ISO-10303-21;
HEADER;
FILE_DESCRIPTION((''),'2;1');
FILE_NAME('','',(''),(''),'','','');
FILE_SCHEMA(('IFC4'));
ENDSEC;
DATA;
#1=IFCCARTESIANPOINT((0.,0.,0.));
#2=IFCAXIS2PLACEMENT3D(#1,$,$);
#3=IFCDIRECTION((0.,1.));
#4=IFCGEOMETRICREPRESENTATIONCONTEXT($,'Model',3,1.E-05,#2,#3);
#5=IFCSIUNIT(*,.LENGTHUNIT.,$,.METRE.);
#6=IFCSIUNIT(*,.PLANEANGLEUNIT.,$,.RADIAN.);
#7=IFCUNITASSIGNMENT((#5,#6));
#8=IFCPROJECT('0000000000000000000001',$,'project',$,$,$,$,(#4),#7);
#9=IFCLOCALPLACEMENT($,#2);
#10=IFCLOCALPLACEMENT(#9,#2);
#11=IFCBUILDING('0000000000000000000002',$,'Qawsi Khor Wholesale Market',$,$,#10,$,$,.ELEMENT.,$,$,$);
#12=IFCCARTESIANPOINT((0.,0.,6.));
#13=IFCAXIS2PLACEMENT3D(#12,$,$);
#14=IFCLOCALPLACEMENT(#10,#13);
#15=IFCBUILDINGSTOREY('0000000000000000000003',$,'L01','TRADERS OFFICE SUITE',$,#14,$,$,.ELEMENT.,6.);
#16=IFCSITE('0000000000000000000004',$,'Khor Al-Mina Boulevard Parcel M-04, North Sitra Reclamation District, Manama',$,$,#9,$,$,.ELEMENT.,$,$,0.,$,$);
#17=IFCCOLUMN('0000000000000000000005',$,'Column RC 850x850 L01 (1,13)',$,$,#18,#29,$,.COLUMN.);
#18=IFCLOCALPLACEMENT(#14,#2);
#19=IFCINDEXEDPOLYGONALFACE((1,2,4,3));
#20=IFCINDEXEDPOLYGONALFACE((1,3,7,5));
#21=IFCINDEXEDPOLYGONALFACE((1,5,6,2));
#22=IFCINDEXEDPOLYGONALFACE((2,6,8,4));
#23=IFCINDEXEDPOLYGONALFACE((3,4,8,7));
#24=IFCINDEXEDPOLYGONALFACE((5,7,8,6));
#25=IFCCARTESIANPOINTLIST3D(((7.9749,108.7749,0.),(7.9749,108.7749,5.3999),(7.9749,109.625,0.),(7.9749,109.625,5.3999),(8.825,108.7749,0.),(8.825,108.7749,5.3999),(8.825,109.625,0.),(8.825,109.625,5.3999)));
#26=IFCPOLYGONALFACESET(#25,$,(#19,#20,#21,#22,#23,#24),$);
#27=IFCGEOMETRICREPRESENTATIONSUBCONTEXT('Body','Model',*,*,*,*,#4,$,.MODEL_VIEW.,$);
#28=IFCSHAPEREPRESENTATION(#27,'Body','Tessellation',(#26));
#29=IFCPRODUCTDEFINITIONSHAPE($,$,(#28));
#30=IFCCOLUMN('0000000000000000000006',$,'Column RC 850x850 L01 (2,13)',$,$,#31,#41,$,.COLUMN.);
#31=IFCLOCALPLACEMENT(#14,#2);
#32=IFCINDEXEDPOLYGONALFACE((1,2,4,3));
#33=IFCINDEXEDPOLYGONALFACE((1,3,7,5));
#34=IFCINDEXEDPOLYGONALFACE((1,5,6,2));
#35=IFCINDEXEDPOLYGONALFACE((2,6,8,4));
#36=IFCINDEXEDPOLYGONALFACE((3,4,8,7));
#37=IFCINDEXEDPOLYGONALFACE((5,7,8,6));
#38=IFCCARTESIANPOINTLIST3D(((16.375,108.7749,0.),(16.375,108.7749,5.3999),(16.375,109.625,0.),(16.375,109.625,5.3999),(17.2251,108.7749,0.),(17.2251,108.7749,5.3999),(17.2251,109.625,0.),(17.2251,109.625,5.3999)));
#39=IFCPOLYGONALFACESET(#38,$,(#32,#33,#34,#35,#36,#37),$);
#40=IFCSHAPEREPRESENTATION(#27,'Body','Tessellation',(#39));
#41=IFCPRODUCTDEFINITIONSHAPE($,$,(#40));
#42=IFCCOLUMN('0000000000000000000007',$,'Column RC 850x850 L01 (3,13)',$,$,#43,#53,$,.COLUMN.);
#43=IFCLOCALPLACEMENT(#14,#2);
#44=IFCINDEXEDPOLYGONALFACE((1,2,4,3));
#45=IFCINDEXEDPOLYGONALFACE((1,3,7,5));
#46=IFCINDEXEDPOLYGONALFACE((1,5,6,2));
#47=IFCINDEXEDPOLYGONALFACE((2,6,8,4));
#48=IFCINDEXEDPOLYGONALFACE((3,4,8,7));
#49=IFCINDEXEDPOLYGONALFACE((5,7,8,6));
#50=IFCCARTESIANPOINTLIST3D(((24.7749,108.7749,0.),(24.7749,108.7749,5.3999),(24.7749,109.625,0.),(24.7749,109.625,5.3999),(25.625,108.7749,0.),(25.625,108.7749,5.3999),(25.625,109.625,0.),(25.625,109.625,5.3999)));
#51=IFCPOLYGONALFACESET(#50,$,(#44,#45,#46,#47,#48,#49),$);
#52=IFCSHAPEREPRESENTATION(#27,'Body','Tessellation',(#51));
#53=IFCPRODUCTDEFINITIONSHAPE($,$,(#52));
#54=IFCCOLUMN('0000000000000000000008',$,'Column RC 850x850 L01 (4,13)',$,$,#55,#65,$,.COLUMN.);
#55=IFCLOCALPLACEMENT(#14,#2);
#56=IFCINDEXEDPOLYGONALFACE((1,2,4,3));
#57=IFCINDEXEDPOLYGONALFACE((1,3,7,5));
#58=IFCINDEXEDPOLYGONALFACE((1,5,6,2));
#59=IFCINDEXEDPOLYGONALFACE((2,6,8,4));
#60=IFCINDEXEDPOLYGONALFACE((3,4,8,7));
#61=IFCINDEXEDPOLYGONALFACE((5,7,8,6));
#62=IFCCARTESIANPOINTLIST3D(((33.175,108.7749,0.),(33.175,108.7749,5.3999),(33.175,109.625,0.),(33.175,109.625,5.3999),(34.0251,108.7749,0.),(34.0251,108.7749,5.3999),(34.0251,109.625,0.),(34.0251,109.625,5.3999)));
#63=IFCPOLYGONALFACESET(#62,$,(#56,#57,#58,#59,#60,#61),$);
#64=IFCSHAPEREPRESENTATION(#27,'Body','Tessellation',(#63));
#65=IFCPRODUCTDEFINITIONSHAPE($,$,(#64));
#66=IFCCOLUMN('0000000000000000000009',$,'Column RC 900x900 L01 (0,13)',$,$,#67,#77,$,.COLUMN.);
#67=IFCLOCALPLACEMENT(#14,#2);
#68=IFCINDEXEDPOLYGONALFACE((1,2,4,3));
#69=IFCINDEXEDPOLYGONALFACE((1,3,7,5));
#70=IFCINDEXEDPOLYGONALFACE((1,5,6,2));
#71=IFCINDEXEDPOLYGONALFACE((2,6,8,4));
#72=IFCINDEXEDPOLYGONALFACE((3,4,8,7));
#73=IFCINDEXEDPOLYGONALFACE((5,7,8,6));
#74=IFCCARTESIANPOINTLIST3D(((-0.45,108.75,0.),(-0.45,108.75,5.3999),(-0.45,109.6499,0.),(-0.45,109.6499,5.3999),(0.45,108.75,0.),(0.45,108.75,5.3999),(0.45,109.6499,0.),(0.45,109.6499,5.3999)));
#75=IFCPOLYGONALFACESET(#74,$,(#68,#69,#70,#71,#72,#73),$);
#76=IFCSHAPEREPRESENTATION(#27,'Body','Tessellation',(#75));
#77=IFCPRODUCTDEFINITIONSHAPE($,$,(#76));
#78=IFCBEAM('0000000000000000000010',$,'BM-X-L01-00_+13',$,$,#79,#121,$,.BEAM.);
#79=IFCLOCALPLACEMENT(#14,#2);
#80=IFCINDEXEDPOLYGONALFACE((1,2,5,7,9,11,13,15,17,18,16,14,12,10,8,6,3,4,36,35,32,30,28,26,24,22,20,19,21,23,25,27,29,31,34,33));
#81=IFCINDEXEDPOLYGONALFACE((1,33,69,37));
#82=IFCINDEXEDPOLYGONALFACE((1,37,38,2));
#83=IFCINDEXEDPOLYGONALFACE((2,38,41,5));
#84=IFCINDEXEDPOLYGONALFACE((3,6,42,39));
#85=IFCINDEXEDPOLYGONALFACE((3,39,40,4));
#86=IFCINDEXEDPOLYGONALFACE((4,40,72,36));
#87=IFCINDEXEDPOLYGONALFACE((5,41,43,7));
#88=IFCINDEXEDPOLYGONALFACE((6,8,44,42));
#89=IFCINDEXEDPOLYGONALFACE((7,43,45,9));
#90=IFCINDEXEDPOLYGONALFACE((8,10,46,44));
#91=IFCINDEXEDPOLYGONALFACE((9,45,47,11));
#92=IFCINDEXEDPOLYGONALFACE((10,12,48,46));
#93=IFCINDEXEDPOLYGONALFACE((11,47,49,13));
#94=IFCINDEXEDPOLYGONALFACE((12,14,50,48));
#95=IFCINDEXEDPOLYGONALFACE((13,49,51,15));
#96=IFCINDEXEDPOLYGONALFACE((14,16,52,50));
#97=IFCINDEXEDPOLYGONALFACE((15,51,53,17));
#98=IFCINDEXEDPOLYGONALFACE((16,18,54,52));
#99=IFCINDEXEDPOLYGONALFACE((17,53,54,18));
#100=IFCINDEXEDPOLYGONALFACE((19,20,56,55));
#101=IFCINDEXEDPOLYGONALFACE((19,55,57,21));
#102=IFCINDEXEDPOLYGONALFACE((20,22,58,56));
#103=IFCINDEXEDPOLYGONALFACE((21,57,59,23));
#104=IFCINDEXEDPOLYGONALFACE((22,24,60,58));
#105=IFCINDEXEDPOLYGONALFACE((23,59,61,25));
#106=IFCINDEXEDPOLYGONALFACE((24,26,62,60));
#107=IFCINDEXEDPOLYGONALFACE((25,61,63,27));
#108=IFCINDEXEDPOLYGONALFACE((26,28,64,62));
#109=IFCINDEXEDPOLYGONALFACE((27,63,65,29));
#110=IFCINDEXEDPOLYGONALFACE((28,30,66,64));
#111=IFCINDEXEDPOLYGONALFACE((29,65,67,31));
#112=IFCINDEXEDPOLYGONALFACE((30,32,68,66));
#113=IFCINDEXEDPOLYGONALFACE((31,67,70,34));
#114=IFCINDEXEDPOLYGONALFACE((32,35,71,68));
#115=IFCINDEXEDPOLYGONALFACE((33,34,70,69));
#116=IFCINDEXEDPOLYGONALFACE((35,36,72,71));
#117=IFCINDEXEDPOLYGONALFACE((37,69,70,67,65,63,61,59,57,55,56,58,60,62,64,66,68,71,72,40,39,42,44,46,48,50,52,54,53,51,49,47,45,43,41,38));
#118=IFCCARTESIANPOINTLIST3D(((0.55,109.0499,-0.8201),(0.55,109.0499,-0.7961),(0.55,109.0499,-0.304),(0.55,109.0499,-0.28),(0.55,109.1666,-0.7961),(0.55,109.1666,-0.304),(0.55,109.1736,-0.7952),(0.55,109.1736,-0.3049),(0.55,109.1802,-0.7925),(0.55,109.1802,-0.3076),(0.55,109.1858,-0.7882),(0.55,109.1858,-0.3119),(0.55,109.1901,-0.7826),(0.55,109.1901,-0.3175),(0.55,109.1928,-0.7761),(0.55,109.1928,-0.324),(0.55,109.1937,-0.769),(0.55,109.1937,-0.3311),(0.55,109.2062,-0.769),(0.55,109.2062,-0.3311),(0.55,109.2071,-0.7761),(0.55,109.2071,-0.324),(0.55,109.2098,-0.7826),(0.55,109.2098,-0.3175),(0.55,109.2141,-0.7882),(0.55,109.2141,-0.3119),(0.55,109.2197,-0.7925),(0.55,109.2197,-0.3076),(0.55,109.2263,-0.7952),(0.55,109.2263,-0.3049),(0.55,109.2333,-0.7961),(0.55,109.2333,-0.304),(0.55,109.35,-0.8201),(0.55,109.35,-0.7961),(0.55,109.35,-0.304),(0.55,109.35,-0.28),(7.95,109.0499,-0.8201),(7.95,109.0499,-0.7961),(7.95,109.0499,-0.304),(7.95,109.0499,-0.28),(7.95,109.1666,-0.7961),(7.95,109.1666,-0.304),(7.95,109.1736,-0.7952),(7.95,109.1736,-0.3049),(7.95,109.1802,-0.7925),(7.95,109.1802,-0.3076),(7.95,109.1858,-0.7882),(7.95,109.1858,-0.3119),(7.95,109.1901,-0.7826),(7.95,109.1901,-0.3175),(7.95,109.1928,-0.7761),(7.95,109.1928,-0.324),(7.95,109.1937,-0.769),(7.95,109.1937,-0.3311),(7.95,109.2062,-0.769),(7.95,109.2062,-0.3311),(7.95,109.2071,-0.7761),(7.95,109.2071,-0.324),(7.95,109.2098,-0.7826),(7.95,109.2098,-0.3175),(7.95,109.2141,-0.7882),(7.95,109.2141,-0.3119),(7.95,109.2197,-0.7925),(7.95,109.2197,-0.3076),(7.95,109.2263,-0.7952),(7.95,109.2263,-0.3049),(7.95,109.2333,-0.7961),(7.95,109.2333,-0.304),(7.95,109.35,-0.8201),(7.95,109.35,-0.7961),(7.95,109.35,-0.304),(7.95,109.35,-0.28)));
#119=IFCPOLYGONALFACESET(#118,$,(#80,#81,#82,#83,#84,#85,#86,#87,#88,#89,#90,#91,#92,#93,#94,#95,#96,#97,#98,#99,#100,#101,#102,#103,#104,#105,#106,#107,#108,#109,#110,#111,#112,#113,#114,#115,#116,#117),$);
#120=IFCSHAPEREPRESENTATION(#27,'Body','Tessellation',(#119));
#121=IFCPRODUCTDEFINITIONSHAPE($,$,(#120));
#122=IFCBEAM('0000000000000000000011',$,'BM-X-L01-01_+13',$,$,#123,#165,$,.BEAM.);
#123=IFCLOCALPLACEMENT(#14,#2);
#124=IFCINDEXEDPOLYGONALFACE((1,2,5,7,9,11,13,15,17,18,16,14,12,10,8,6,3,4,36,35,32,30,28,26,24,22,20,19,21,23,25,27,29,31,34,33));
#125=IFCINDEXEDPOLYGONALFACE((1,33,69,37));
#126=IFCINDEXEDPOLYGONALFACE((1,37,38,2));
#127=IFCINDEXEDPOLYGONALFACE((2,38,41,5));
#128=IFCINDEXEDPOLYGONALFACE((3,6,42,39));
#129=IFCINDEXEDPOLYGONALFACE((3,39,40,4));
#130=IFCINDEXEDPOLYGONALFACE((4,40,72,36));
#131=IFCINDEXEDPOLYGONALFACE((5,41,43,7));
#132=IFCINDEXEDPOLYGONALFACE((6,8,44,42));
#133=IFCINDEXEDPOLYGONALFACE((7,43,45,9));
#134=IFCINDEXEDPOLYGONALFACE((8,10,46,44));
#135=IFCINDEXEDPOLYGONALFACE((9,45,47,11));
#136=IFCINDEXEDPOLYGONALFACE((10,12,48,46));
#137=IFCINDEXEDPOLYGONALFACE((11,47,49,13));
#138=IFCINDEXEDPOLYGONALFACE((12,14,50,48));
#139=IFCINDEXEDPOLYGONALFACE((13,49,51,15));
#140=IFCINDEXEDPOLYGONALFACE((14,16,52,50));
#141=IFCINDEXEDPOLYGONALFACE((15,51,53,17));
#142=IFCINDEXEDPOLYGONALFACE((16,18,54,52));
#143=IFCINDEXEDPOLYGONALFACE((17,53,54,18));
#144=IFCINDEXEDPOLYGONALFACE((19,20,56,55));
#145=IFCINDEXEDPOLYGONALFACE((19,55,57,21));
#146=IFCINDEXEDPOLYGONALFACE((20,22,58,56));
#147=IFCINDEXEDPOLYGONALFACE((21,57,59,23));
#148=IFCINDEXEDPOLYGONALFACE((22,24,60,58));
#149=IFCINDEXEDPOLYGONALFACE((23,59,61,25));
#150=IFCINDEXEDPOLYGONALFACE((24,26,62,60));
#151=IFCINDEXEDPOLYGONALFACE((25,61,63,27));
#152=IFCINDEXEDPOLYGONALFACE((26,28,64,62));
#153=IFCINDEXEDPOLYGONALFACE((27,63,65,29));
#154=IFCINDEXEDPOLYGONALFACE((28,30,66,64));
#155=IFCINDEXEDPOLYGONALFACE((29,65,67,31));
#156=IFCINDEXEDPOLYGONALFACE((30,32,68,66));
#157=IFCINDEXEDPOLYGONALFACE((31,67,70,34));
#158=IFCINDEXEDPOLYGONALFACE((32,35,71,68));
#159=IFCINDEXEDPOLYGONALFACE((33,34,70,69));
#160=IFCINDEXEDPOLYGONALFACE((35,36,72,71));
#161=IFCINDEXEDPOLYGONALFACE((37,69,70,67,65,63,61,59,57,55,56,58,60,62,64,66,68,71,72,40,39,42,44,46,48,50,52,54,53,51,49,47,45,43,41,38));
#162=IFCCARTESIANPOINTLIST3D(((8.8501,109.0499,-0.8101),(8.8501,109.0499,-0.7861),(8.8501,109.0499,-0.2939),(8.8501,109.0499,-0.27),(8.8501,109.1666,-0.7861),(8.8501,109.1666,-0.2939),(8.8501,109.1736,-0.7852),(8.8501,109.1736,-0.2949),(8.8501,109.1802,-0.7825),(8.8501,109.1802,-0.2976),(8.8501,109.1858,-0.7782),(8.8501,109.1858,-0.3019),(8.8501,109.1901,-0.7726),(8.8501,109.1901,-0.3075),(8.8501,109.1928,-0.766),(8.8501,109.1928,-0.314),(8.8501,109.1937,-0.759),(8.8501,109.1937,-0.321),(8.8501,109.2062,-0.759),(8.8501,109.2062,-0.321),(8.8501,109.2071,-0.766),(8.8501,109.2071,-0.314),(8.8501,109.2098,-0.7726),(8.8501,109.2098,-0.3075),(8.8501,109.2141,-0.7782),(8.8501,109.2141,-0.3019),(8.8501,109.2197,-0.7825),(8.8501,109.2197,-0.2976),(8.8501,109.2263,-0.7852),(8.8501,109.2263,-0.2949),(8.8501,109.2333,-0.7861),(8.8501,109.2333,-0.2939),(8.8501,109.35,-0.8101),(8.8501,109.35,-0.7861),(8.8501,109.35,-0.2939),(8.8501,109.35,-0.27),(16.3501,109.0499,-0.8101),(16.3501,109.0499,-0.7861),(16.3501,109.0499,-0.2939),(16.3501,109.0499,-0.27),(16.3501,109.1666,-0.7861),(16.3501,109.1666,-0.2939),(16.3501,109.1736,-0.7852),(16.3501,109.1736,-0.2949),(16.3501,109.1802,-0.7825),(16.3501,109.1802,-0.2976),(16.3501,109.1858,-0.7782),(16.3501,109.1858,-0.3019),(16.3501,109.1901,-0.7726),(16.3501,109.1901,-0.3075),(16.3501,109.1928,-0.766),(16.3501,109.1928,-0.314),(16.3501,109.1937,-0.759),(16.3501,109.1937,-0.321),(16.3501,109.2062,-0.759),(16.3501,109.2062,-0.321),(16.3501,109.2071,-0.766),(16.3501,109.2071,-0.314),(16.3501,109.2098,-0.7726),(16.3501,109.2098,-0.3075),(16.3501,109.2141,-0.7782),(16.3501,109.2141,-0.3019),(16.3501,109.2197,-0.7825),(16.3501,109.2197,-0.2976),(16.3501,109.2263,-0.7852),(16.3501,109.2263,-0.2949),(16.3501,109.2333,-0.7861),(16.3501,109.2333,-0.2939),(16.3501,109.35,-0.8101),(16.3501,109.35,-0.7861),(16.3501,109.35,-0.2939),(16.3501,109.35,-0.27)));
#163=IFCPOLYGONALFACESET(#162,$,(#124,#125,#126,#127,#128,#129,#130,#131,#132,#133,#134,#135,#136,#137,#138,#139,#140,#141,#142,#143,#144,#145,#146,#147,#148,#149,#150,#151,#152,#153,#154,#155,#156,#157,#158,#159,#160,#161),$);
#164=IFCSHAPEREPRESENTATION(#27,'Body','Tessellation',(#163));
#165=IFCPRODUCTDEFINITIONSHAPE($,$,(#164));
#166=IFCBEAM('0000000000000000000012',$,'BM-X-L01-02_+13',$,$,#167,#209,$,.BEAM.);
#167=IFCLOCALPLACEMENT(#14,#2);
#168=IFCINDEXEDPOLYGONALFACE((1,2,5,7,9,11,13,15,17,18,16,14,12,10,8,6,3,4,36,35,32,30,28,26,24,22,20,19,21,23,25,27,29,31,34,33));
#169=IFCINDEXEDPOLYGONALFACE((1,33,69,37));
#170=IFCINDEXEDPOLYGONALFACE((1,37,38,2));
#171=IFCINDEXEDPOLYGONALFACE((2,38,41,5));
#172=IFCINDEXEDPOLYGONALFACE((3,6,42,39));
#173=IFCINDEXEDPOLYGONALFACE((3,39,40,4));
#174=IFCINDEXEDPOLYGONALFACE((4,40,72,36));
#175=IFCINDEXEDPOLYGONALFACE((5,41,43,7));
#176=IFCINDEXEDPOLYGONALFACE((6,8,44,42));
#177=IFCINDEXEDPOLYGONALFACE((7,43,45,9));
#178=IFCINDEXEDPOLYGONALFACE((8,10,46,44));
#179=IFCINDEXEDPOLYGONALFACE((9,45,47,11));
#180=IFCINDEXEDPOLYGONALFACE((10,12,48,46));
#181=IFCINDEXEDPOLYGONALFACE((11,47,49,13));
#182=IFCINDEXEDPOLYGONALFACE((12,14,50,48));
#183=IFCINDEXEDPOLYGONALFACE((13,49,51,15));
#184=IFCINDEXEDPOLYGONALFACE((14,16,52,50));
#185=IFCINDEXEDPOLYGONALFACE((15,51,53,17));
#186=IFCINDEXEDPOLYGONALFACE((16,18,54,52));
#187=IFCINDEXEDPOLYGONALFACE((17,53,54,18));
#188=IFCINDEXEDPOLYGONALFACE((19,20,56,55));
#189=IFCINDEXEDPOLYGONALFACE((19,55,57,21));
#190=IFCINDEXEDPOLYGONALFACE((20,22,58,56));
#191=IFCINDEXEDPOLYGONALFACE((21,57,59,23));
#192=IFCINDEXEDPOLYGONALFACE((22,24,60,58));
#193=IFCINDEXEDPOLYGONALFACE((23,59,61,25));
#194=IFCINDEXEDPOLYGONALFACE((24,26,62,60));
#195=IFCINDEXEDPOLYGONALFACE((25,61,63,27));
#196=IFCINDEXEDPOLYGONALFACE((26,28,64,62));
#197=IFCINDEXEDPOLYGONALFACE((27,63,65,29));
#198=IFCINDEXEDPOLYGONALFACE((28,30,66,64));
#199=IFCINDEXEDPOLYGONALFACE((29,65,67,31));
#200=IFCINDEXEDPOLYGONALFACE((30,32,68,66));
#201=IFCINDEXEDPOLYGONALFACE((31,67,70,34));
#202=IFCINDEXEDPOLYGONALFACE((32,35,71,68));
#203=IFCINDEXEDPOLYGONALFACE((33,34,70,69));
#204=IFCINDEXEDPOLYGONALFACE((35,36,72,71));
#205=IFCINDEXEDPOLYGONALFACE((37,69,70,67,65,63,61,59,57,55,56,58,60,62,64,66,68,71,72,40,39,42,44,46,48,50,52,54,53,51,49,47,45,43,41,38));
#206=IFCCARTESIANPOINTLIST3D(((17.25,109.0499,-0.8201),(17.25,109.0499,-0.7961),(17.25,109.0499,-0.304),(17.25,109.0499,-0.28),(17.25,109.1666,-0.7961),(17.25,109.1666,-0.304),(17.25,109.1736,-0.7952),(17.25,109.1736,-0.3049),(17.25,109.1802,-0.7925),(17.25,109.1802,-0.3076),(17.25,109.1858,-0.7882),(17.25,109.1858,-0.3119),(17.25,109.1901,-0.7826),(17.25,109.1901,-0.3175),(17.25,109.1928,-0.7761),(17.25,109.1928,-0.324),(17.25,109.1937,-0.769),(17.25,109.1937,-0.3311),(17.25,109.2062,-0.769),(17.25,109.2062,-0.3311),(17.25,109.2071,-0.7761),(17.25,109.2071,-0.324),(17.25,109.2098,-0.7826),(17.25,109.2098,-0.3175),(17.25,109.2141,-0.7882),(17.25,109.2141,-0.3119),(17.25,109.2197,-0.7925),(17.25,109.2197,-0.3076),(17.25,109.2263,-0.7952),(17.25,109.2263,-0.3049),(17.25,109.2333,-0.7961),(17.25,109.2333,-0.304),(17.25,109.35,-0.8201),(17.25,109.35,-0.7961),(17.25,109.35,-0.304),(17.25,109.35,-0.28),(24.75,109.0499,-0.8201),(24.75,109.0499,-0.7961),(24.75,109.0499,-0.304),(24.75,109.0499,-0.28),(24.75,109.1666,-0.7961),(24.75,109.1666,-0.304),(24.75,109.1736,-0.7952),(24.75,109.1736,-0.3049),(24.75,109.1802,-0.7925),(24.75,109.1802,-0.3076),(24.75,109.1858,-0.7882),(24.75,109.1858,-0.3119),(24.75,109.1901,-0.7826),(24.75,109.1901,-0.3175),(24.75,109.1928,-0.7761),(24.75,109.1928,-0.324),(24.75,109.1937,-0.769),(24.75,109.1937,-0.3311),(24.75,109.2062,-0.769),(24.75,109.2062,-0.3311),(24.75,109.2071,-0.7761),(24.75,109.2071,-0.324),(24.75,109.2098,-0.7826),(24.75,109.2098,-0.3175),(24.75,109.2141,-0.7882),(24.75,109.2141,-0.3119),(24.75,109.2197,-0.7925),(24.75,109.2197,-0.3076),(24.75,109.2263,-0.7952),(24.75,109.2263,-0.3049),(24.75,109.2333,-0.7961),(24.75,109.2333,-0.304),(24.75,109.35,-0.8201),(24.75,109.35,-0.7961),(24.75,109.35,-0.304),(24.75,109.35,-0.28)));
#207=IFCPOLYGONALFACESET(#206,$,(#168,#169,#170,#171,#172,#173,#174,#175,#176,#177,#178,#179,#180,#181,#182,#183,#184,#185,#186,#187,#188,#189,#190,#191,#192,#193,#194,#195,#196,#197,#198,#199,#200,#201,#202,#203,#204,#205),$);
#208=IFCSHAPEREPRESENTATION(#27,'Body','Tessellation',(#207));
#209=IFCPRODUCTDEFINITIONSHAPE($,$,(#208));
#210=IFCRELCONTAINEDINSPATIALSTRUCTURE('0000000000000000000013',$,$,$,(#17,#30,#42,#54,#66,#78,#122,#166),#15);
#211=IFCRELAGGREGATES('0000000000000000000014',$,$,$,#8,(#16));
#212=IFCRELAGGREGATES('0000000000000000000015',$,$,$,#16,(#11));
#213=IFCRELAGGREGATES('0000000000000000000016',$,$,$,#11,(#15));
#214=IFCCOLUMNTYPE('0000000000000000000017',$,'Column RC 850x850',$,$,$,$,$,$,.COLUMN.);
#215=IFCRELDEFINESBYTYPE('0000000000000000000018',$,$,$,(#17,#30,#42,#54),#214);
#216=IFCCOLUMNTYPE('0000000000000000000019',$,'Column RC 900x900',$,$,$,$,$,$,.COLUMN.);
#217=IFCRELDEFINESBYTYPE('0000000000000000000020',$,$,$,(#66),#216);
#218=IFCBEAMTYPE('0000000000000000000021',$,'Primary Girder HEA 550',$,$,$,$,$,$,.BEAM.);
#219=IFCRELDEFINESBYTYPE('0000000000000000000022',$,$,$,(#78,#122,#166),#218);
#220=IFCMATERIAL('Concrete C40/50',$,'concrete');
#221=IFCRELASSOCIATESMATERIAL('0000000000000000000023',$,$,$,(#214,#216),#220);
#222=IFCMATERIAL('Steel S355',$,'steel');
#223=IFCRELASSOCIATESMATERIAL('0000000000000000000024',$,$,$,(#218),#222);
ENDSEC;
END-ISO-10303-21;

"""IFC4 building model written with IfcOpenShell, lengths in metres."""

from ifc_helpers import new_model, si_unit, direction, frame, origin, origin_2d, place, context, subcontext, project, spatial, rectangle, i_section, extrude, material, material_profile, profile_set, type_object, element, save


model = new_model("IFC4")

# Units and contexts
model_context = context("Model", 3, precision=1e-05, world=origin(), true_north=direction((0.0, 1.0)))
body_context = subcontext(model_context, "Body", "Model", "MODEL_VIEW")
ifc_project = project(units=[si_unit("LENGTHUNIT", "METRE"), si_unit("PLANEANGLEUNIT", "RADIAN")], contexts=[model_context])

# Site, building, storey
site_placement = place(None, origin())
site = spatial("IfcSite", under=ifc_project, at=site_placement, Name="Khor Al-Mina Boulevard Parcel M-04, North Sitra Reclamation District, Manama", CompositionType="ELEMENT", RefElevation=0.0)
building_placement = place(site_placement, origin())
building = spatial("IfcBuilding", under=site, at=building_placement, Name="Qawsi Khor Wholesale Market", CompositionType="ELEMENT")
storey_placement = place(building_placement, frame((0.0, 0.0, 6.0)))
storey = spatial("IfcBuildingStorey", under=building, at=storey_placement, Name="L01", Description="TRADERS OFFICE SUITE", CompositionType="ELEMENT", Elevation=6.0)

# Columns
ifc_material_1 = material(Name="Concrete C40/50", Category="concrete")
ifc_material_profile_1 = material_profile(ifc_material_1, rectangle(XDim=0.8501, YDim=0.8501, at=origin_2d()), Name="RC 850x850")
ifc_profile_set_1 = profile_set([ifc_material_profile_1], Name="Concrete C40/50")
column_type_1 = type_object("IfcColumnType", Name="Column RC 850x850", PredefinedType="COLUMN", material=ifc_profile_set_1)
for number, where, z_axis, x_axis, name in (
    (1, (8.3999, 109.2, 0.0), (0.0, 0.0, 1.0), (1.0, 0.0, 0.0), "Column RC 850x850 L01 (1,13)"),
    (2, (16.8, 109.2, 0.0), (0.0, 0.0, 1.0), (1.0, 0.0, 0.0), "Column RC 850x850 L01 (2,13)"),
    (3, (25.2, 109.2, 0.0), (0.0, 0.0, 1.0), (1.0, 0.0, 0.0), "Column RC 850x850 L01 (3,13)"),
    (4, (33.6001, 109.2, 0.0), (0.0, 0.0, 1.0), (1.0, 0.0, 0.0), "Column RC 850x850 L01 (4,13)"),
):
    element("IfcColumn", number, at=place(storey_placement, frame(where, z_axis=z_axis, x_axis=x_axis)), inside=storey, type_object=column_type_1, Name=name, PredefinedType="COLUMN", context=body_context, shape_type="SweptSolid", body=[
        extrude(rectangle(XDim=0.8501, YDim=0.8501, at=origin_2d()), origin(), (0.0, 0.0, 1.0), 5.3999),
    ])
ifc_material_profile_2 = material_profile(ifc_material_1, rectangle(XDim=0.8999, YDim=0.8999, at=origin_2d()), Name="RC 900x900")
ifc_profile_set_2 = profile_set([ifc_material_profile_2], Name="Concrete C40/50")
column_type_2 = type_object("IfcColumnType", Name="Column RC 900x900", PredefinedType="COLUMN", material=ifc_profile_set_2)
column_placement = place(storey_placement, frame((0.0, 109.2, 0.0), z_axis=(0.0, 0.0, 1.0), x_axis=(1.0, 0.0, 0.0)))
element("IfcColumn", 5, at=column_placement, inside=storey, type_object=column_type_2, Name="Column RC 900x900 L01 (0,13)", PredefinedType="COLUMN", context=body_context, shape_type="SweptSolid", body=[
    extrude(rectangle(XDim=0.8999, YDim=0.8999, at=origin_2d()), origin(), (0.0, 0.0, 1.0), 5.3999),
])

# Beams
ifc_material_2 = material(Name="Steel S355", Category="steel")
ifc_material_profile_3 = material_profile(ifc_material_2, i_section(OverallWidth=0.3, OverallDepth=0.54, WebThickness=0.0125, FlangeThickness=0.0239, FilletRadius=0.0271, at=origin_2d()), Name="HEA 550")
ifc_profile_set_3 = profile_set([ifc_material_profile_3], Name="Steel S355")
beam_type = type_object("IfcBeamType", Name="Primary Girder HEA 550", PredefinedType="BEAM", material=ifc_profile_set_3)
beam_placement = place(storey_placement, frame((0.55, 109.2, -0.55), z_axis=(1.0, 0.0, 0.0), x_axis=(0.0, 1.0, 0.0)))
element("IfcBeam", 6, at=beam_placement, inside=storey, type_object=beam_type, Name="BM-X-L01-00_+13", PredefinedType="BEAM", context=body_context, shape_type="SweptSolid", body=[
    extrude(i_section(OverallWidth=0.3, OverallDepth=0.54, WebThickness=0.0125, FlangeThickness=0.0239, FilletRadius=0.0271, at=origin_2d()), origin(), (0.0, 0.0, 1.0), 7.3999),
])
for number, where, z_axis, x_axis, name in (
    (7, (8.8501, 109.2, -0.54), (1.0, 0.0, 0.0), (0.0, 1.0, 0.0), "BM-X-L01-01_+13"),
    (8, (17.25, 109.2, -0.55), (1.0, 0.0, 0.0), (0.0, 1.0, 0.0), "BM-X-L01-02_+13"),
):
    element("IfcBeam", number, at=place(storey_placement, frame(where, z_axis=z_axis, x_axis=x_axis)), inside=storey, type_object=beam_type, Name=name, PredefinedType="BEAM", context=body_context, shape_type="SweptSolid", body=[
        extrude(i_section(OverallWidth=0.3, OverallDepth=0.54, WebThickness=0.0125, FlangeThickness=0.0239, FilletRadius=0.0271, at=origin_2d()), origin(), (0.0, 0.0, 1.0), 7.5),
    ])

save(model, "model.ifc")
